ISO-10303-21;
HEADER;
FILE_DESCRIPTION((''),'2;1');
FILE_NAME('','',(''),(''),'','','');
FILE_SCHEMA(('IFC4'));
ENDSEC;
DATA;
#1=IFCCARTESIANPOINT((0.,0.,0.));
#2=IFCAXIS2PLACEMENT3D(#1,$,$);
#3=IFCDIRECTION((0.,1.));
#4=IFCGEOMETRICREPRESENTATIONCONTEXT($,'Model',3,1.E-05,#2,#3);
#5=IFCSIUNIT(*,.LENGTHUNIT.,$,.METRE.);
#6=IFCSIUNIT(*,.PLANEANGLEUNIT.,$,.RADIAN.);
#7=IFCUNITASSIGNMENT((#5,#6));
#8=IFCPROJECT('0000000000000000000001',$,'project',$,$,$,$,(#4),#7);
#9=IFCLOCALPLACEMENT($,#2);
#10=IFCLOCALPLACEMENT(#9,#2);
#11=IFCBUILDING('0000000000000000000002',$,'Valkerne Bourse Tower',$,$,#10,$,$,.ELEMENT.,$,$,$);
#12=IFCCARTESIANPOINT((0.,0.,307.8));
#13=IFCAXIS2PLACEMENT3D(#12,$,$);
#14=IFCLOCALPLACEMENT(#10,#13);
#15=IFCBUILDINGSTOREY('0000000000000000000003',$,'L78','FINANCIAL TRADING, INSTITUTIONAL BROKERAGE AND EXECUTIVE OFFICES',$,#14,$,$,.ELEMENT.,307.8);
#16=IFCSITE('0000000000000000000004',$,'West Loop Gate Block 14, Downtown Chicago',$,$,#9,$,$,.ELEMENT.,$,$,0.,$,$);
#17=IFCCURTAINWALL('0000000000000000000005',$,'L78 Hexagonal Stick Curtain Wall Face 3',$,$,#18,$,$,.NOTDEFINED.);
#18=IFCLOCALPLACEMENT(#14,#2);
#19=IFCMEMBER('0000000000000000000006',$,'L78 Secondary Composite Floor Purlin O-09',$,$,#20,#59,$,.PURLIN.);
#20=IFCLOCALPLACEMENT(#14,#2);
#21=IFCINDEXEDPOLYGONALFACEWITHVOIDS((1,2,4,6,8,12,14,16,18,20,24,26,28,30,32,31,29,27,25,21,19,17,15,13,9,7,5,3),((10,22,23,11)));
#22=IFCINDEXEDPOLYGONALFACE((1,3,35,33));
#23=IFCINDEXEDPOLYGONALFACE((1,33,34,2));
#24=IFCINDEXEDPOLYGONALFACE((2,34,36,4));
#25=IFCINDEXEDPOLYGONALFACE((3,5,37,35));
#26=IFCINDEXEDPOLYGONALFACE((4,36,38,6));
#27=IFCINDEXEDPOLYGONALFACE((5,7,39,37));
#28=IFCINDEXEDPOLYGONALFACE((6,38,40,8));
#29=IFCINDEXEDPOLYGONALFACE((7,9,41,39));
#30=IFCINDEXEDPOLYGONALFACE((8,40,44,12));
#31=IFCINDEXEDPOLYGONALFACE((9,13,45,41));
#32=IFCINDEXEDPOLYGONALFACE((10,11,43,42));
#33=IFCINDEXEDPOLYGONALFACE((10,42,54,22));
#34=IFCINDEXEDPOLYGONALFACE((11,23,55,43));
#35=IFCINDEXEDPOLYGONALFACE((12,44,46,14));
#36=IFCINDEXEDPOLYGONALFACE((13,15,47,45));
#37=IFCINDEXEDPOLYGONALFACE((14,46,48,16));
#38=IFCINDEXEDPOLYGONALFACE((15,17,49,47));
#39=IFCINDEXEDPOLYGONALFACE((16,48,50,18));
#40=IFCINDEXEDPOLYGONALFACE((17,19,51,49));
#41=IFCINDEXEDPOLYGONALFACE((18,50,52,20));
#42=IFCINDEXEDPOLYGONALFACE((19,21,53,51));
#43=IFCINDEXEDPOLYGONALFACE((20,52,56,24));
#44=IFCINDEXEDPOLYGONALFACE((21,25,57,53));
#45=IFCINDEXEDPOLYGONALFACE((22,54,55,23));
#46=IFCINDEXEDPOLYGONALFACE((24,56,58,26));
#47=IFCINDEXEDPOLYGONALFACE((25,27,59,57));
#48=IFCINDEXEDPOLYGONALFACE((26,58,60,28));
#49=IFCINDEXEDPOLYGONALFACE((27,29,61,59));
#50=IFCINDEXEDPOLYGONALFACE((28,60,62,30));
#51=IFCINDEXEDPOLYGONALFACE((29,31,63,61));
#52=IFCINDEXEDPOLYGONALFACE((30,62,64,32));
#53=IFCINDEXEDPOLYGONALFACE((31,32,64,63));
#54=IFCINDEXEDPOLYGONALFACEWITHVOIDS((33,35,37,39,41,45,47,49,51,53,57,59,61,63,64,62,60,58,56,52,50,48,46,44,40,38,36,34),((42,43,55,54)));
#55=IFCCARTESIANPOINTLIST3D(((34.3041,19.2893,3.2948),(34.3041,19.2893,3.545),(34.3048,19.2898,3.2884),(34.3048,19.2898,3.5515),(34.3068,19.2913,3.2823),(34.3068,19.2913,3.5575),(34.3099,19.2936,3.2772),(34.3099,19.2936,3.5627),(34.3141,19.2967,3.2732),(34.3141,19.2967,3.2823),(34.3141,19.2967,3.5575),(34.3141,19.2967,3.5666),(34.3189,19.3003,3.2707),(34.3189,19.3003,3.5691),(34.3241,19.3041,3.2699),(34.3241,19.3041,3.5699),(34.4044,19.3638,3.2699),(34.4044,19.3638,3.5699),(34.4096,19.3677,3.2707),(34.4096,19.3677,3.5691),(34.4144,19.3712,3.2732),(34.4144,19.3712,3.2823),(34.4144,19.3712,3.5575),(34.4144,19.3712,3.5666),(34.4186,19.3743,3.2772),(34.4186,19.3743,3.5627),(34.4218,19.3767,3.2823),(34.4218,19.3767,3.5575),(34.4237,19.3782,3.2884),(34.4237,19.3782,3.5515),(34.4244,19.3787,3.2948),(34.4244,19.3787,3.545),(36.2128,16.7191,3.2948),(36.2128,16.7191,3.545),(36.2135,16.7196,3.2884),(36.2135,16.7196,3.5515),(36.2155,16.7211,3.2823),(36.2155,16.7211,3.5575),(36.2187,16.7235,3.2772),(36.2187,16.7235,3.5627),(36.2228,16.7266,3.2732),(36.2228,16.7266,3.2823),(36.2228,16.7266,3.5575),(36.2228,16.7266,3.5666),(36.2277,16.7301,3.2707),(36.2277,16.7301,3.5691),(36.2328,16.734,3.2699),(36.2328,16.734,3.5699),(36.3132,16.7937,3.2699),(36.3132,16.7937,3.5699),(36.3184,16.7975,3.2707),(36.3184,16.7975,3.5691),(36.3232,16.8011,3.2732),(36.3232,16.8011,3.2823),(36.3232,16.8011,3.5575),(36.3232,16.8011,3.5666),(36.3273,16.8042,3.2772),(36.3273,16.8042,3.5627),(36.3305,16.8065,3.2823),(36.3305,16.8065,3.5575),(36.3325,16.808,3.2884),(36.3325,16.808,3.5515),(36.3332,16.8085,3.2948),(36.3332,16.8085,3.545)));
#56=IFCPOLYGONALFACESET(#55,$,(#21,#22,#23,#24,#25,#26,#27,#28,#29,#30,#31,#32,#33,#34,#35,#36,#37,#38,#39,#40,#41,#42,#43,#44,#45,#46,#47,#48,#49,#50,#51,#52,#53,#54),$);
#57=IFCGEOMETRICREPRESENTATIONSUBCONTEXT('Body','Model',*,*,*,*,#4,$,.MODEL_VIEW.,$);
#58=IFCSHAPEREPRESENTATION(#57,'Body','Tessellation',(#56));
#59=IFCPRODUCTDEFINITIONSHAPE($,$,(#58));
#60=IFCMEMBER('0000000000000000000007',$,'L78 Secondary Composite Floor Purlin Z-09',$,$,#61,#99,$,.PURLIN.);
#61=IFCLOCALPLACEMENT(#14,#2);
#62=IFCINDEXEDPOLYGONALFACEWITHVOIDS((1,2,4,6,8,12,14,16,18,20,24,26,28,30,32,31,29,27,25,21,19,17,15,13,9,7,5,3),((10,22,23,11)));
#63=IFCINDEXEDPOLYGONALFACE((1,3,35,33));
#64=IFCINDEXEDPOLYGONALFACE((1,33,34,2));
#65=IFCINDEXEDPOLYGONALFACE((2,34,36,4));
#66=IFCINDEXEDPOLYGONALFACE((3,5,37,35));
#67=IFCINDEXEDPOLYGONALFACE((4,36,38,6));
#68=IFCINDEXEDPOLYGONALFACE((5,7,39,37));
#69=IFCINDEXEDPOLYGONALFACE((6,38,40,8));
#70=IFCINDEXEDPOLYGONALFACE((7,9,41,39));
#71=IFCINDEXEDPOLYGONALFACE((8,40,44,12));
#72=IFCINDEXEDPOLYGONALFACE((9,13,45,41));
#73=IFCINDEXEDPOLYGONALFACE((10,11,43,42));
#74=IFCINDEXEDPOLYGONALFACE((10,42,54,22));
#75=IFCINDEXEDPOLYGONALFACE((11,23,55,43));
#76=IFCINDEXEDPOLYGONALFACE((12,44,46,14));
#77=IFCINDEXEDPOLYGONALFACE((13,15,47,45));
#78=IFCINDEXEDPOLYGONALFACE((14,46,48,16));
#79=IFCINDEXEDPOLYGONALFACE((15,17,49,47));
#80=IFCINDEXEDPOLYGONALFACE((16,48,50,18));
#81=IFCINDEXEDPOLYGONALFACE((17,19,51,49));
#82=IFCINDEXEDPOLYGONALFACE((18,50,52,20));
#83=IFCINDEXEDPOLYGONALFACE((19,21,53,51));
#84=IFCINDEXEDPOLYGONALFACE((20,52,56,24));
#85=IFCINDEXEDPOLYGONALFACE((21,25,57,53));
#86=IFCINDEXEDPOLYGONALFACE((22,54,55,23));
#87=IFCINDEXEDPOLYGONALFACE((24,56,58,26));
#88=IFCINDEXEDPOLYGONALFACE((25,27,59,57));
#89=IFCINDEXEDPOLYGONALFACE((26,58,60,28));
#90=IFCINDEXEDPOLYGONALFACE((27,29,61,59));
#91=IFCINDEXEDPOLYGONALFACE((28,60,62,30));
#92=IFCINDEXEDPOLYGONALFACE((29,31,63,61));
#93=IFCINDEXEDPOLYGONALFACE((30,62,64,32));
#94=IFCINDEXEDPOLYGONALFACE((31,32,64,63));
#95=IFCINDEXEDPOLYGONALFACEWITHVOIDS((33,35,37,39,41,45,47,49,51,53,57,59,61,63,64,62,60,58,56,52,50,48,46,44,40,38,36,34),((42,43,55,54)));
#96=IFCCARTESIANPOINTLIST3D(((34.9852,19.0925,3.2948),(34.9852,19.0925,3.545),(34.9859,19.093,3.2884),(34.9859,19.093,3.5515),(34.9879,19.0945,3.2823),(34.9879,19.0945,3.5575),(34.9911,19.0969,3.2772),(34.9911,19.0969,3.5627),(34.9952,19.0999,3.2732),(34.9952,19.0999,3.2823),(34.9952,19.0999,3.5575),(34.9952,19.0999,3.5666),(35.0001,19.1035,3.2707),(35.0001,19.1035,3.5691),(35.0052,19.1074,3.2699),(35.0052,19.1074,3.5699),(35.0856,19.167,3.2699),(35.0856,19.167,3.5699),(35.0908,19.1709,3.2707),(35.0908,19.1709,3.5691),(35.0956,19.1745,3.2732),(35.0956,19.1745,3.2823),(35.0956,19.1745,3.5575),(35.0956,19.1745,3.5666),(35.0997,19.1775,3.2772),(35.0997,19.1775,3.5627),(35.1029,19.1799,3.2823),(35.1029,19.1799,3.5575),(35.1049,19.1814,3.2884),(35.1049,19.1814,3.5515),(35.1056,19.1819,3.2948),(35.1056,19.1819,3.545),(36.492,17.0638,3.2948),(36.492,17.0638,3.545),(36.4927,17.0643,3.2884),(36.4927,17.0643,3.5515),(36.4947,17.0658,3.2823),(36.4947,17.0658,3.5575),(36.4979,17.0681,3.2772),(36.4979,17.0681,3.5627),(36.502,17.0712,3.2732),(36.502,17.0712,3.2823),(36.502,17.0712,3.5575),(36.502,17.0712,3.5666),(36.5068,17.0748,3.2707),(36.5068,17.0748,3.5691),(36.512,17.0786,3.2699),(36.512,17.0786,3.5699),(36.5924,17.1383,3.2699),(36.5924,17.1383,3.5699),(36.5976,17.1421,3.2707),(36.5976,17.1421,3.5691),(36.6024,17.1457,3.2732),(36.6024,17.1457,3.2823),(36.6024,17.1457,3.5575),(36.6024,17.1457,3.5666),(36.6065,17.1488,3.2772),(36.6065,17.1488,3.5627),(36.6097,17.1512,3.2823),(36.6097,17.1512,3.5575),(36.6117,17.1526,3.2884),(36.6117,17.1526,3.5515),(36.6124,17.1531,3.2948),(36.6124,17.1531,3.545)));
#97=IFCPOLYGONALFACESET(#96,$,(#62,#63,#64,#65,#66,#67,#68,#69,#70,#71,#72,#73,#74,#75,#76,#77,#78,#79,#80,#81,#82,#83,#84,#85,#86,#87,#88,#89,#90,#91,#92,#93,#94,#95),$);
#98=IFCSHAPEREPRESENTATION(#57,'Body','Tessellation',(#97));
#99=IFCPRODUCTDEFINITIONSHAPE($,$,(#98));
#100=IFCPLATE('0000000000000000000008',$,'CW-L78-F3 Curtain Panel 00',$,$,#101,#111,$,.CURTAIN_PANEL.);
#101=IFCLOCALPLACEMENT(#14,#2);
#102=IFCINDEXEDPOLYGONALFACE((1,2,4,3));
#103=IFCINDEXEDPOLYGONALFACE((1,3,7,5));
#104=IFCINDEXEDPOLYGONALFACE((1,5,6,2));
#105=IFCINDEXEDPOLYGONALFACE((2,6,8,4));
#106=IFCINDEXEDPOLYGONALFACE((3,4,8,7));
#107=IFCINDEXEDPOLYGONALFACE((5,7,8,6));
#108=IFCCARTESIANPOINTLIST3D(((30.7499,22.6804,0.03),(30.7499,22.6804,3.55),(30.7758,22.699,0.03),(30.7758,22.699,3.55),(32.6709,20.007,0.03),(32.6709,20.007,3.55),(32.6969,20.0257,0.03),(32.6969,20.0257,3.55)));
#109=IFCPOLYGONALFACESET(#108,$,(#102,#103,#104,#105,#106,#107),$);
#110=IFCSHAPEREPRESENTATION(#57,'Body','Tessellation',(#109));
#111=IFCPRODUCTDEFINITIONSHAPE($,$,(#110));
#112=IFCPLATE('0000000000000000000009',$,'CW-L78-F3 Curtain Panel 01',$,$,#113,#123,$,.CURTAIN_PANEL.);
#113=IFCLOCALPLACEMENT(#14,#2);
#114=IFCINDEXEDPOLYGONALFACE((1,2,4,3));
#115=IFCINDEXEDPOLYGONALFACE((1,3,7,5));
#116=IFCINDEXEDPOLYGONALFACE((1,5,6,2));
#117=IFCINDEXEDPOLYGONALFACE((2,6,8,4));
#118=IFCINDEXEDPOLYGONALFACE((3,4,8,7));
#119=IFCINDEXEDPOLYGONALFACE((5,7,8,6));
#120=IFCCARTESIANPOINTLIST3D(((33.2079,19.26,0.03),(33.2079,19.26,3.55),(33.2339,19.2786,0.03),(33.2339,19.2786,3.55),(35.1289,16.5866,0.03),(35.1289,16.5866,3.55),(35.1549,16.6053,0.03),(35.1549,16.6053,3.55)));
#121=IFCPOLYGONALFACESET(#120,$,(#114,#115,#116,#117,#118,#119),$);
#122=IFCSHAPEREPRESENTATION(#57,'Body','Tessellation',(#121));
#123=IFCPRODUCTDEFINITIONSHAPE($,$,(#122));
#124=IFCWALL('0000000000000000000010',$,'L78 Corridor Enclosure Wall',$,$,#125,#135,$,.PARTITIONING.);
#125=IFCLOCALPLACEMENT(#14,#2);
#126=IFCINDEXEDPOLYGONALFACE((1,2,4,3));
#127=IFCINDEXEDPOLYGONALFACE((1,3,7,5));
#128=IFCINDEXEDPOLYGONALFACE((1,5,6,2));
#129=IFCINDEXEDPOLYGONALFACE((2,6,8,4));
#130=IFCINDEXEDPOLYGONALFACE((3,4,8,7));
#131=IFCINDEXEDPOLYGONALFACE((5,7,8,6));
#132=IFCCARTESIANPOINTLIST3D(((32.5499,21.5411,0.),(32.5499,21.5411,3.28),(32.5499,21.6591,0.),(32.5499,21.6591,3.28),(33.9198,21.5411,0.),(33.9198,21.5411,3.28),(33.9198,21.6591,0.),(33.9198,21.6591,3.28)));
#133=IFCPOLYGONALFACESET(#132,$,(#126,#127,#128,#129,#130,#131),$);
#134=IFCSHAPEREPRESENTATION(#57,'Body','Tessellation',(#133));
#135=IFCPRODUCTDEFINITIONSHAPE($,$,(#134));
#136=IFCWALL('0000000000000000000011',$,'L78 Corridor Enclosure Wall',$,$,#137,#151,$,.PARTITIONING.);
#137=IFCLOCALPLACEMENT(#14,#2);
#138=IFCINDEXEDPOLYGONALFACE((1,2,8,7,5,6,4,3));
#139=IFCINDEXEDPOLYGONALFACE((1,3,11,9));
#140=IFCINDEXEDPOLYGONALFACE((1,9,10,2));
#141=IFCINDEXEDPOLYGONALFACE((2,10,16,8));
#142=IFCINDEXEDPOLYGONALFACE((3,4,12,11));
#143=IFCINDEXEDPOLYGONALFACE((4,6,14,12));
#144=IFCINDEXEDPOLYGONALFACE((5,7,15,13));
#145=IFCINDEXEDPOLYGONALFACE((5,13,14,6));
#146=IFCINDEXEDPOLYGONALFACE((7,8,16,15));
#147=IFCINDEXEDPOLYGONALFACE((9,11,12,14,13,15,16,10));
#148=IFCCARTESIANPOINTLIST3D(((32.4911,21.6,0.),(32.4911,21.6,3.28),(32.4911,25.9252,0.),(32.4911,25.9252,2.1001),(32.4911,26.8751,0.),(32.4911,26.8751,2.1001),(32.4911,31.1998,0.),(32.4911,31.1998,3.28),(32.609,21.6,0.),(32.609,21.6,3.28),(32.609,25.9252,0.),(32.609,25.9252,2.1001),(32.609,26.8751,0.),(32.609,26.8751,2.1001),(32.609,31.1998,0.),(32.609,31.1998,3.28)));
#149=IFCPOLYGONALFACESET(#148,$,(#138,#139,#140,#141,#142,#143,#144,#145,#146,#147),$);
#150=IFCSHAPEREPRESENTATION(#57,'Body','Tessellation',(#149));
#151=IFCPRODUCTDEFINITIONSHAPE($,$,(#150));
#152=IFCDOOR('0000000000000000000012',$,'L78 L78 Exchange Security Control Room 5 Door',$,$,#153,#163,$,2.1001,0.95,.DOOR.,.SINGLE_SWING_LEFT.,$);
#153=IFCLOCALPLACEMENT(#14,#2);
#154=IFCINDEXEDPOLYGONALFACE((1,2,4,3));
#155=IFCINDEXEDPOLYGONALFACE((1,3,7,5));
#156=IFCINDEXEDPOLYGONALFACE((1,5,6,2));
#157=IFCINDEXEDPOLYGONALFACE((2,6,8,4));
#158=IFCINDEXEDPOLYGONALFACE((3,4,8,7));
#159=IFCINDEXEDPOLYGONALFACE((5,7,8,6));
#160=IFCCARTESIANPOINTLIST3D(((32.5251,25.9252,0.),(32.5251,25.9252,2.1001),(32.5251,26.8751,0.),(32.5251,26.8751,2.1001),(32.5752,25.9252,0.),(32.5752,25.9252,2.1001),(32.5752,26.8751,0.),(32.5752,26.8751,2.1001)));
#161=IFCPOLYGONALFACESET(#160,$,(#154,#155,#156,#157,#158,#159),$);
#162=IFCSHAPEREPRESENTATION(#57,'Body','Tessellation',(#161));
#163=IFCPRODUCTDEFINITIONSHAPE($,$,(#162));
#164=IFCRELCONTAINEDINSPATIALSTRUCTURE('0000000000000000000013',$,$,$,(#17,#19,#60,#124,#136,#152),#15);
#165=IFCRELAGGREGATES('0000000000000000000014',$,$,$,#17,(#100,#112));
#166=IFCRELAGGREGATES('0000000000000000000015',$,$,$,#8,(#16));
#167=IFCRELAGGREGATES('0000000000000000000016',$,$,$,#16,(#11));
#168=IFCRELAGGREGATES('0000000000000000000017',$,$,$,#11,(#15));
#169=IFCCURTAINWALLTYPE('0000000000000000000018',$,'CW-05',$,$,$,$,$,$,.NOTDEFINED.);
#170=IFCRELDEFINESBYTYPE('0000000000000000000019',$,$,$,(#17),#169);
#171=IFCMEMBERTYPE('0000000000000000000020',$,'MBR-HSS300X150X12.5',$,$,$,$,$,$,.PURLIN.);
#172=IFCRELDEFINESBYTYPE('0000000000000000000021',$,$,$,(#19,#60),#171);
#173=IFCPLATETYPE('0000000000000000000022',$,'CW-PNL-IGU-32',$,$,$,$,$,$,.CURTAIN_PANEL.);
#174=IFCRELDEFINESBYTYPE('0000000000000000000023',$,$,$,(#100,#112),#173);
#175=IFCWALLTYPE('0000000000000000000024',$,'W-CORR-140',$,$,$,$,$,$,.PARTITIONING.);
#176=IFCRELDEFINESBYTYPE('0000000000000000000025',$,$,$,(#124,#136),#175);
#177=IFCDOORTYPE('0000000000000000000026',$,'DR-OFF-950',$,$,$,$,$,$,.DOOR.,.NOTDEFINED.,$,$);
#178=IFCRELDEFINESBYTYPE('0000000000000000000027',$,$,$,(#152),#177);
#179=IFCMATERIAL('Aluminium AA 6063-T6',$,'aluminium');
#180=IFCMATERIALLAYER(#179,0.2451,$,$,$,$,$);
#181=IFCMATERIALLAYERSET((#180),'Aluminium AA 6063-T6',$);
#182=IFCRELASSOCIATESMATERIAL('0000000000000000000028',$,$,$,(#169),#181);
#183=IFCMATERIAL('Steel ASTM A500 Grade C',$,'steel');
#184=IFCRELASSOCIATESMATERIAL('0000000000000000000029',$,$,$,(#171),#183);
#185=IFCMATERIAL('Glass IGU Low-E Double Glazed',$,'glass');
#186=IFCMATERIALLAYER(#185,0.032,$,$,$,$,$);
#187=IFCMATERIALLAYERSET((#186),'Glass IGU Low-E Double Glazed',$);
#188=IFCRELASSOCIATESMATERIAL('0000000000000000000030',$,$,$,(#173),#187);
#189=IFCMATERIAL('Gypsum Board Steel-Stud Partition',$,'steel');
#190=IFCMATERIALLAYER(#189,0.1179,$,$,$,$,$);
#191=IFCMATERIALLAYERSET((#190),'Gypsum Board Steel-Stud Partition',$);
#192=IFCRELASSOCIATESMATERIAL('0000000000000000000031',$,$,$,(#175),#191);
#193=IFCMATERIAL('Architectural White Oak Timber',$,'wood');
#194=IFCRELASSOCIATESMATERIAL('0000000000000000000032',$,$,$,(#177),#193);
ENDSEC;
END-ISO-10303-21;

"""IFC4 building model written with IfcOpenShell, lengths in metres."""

from ifc_helpers import new_model, si_unit, direction, frame, frame_2d, origin, origin_2d, place, context, subcontext, project, spatial, rectangle, hollow_rectangle, extrude, material, layer, layer_set, material_profile, profile_set, type_object, element, fill, aggregate, save


model = new_model("IFC4")

# Units and contexts
model_context = context("Model", 3, precision=1e-05, world=origin(), true_north=direction((0.0, 1.0)))
body_context = subcontext(model_context, "Body", "Model", "MODEL_VIEW")
ifc_project = project(units=[si_unit("LENGTHUNIT", "METRE"), si_unit("PLANEANGLEUNIT", "RADIAN")], contexts=[model_context])

# Site, building, storey
site_placement = place(None, origin())
site = spatial("IfcSite", under=ifc_project, at=site_placement, Name="West Loop Gate Block 14, Downtown Chicago", CompositionType="ELEMENT", RefElevation=0.0)
building_placement = place(site_placement, origin())
building = spatial("IfcBuilding", under=site, at=building_placement, Name="Valkerne Bourse Tower", CompositionType="ELEMENT")
storey_placement = place(building_placement, frame((0.0, 0.0, 307.8)))
storey = spatial("IfcBuildingStorey", under=building, at=storey_placement, Name="L78", Description="FINANCIAL TRADING, INSTITUTIONAL BROKERAGE AND EXECUTIVE OFFICES", CompositionType="ELEMENT", Elevation=307.8)

# Curtain wall
ifc_material_1 = material(Name="Aluminium AA 6063-T6", Category="aluminium")
ifc_layer_1 = layer(ifc_material_1, 0.2451)
ifc_layer_set_1 = layer_set([ifc_layer_1], Name="Aluminium AA 6063-T6")
curtain_wall_type = type_object("IfcCurtainWallType", Name="CW-05", PredefinedType="NOTDEFINED", material=ifc_layer_set_1)
curtain_wall_placement = place(storey_placement, origin())
curtain_wall = element("IfcCurtainWall", 1, at=curtain_wall_placement, inside=storey, type_object=curtain_wall_type, Name="L78 Hexagonal Stick Curtain Wall Face 3", PredefinedType="NOTDEFINED")

# Members
ifc_material_2 = material(Name="Steel ASTM A500 Grade C", Category="steel")
ifc_material_profile_1 = material_profile(ifc_material_2, hollow_rectangle(XDim=0.1499, YDim=0.3, WallThickness=0.0125, OuterFilletRadius=0.0249, at=origin_2d()), Name="HSS300X150X12.5")
ifc_profile_set_1 = profile_set([ifc_material_profile_1], Name="Steel ASTM A500 Grade C")
member_type_1 = type_object("IfcMemberType", Name="MBR-HSS300X150X12.5", PredefinedType="PURLIN", material=ifc_profile_set_1)
member_1_placement = place(storey_placement, frame((34.3643, 19.334, 3.4199), z_axis=(0.596223, -0.802819, 0.0), x_axis=(0.802819, 0.596223, 0.0)))
element("IfcMember", 2, at=member_1_placement, inside=storey, type_object=member_type_1, Name="L78 Secondary Composite Floor Purlin O-09", PredefinedType="PURLIN", context=body_context, shape_type="SweptSolid", body=[
    extrude(hollow_rectangle(XDim=0.1499, YDim=0.3, WallThickness=0.0125, OuterFilletRadius=0.0249, at=origin_2d()), origin(), (0.0, 0.0, 1.0), 3.2014),
])
member_2_placement = place(storey_placement, frame((35.0454, 19.1372, 3.4199), z_axis=(0.596253, -0.802797, 0.0), x_axis=(0.802797, 0.596253, 0.0)))
element("IfcMember", 3, at=member_2_placement, inside=storey, type_object=member_type_1, Name="L78 Secondary Composite Floor Purlin Z-09", PredefinedType="PURLIN", context=body_context, shape_type="SweptSolid", body=[
    extrude(hollow_rectangle(XDim=0.1499, YDim=0.3, WallThickness=0.0125, OuterFilletRadius=0.0249, at=origin_2d()), origin(), (0.0, 0.0, 1.0), 2.5271),
])

# Plates
ifc_material_3 = material(Name="Glass IGU Low-E Double Glazed", Category="glass")
ifc_layer_2 = layer(ifc_material_3, 0.032)
ifc_layer_set_2 = layer_set([ifc_layer_2], Name="Glass IGU Low-E Double Glazed")
plate_type = type_object("IfcPlateType", Name="CW-PNL-IGU-32", PredefinedType="CURTAIN_PANEL", material=ifc_layer_set_2)
plate_1_placement = place(storey_placement, frame((31.7234, 21.353, 0.03), z_axis=(0.0, 0.0, 1.0), x_axis=(0.583556, -0.812073, 0.0)))
plate_1 = element("IfcPlate", 4, at=plate_1_placement, type_object=plate_type, Name="CW-L78-F3 Curtain Panel 00", PredefinedType="CURTAIN_PANEL", context=body_context, shape_type="SweptSolid", body=[
    extrude(rectangle(XDim=3.292, YDim=0.032, at=origin_2d()), origin(), (0.0, 0.0, 1.0), 3.52),
])
plate_2_placement = place(storey_placement, frame((34.1814, 17.9326, 0.03), z_axis=(0.0, 0.0, 1.0), x_axis=(0.583545, -0.812081, 0.0)))
plate_2 = element("IfcPlate", 5, at=plate_2_placement, type_object=plate_type, Name="CW-L78-F3 Curtain Panel 01", PredefinedType="CURTAIN_PANEL", context=body_context, shape_type="SweptSolid", body=[
    extrude(rectangle(XDim=3.292, YDim=0.032, at=origin_2d()), origin(), (0.0, 0.0, 1.0), 3.52),
])
aggregate(curtain_wall, [plate_1, plate_2])

# Wall
ifc_material_4 = material(Name="Gypsum Board Steel-Stud Partition", Category="steel")
ifc_layer_3 = layer(ifc_material_4, 0.1179)
ifc_layer_set_3 = layer_set([ifc_layer_3], Name="Gypsum Board Steel-Stud Partition")
wall_type = type_object("IfcWallType", Name="W-CORR-140", PredefinedType="PARTITIONING", material=ifc_layer_set_3)
wall_1_placement = place(storey_placement, frame((33.9199, 21.6001, 0.0), z_axis=(0.0, 0.0, 1.0), x_axis=(-1.0, 0.0, 0.0)))
element("IfcWall", 6, at=wall_1_placement, inside=storey, type_object=wall_type, Name="L78 Corridor Enclosure Wall", PredefinedType="PARTITIONING", context=body_context, shape_type="SweptSolid", body=[
    extrude(rectangle(XDim=1.3699, YDim=0.1179, at=frame_2d((0.6851, 0.0))), origin(), (0.0, 0.0, 1.0), 3.28),
])

# Wall, opening, door
wall_2_placement = place(storey_placement, frame((32.55, 21.6001, 0.0), z_axis=(0.0, 0.0, 1.0), x_axis=(0.0, 1.0, 0.0)))
wall_2 = element("IfcWall", 7, at=wall_2_placement, inside=storey, type_object=wall_type, Name="L78 Corridor Enclosure Wall", PredefinedType="PARTITIONING", context=body_context, shape_type="SweptSolid", body=[
    extrude(rectangle(XDim=9.5999, YDim=0.1179, at=frame_2d((4.7998, 0.0))), origin(), (0.0, 0.0, 1.0), 3.28),
])
opening_placement = place(wall_2_placement, frame((4.325, 0.0, 0.0)))
opening = element("IfcOpeningElement", 8, at=opening_placement, cuts=wall_2, PredefinedType="OPENING", context=body_context, shape_type="SweptSolid", body=[
    extrude(rectangle(XDim=0.95, YDim=2.1001, at=frame_2d((0.4751, 1.05))), frame((0.0, 0.0688, 0.0), z_axis=(0.0, -1.0, 0.0), x_axis=(1.0, 0.0, 0.0)), (0.0, 0.0, 1.0), 0.1379),
])
ifc_material_5 = material(Name="Architectural White Oak Timber", Category="wood")
door_type = type_object("IfcDoorType", Name="DR-OFF-950", OperationType="NOTDEFINED", PredefinedType="DOOR", material=ifc_material_5)
door_placement = place(opening_placement, origin())
door = element("IfcDoor", 9, at=door_placement, inside=storey, type_object=door_type, Name="L78 L78 Exchange Security Control Room 5 Door", OperationType="SINGLE_SWING_LEFT", OverallHeight=2.1001, OverallWidth=0.95, PredefinedType="DOOR", context=body_context, shape_type="SweptSolid", body=[
    extrude(rectangle(XDim=0.95, YDim=2.1001, at=frame_2d((0.4751, 1.05))), frame((0.0, 0.0249, 0.0), z_axis=(0.0, -1.0, 0.0), x_axis=(1.0, 0.0, 0.0)), (0.0, 0.0, 1.0), 0.05),
])
fill(opening, door)

save(model, "model.ifc")
